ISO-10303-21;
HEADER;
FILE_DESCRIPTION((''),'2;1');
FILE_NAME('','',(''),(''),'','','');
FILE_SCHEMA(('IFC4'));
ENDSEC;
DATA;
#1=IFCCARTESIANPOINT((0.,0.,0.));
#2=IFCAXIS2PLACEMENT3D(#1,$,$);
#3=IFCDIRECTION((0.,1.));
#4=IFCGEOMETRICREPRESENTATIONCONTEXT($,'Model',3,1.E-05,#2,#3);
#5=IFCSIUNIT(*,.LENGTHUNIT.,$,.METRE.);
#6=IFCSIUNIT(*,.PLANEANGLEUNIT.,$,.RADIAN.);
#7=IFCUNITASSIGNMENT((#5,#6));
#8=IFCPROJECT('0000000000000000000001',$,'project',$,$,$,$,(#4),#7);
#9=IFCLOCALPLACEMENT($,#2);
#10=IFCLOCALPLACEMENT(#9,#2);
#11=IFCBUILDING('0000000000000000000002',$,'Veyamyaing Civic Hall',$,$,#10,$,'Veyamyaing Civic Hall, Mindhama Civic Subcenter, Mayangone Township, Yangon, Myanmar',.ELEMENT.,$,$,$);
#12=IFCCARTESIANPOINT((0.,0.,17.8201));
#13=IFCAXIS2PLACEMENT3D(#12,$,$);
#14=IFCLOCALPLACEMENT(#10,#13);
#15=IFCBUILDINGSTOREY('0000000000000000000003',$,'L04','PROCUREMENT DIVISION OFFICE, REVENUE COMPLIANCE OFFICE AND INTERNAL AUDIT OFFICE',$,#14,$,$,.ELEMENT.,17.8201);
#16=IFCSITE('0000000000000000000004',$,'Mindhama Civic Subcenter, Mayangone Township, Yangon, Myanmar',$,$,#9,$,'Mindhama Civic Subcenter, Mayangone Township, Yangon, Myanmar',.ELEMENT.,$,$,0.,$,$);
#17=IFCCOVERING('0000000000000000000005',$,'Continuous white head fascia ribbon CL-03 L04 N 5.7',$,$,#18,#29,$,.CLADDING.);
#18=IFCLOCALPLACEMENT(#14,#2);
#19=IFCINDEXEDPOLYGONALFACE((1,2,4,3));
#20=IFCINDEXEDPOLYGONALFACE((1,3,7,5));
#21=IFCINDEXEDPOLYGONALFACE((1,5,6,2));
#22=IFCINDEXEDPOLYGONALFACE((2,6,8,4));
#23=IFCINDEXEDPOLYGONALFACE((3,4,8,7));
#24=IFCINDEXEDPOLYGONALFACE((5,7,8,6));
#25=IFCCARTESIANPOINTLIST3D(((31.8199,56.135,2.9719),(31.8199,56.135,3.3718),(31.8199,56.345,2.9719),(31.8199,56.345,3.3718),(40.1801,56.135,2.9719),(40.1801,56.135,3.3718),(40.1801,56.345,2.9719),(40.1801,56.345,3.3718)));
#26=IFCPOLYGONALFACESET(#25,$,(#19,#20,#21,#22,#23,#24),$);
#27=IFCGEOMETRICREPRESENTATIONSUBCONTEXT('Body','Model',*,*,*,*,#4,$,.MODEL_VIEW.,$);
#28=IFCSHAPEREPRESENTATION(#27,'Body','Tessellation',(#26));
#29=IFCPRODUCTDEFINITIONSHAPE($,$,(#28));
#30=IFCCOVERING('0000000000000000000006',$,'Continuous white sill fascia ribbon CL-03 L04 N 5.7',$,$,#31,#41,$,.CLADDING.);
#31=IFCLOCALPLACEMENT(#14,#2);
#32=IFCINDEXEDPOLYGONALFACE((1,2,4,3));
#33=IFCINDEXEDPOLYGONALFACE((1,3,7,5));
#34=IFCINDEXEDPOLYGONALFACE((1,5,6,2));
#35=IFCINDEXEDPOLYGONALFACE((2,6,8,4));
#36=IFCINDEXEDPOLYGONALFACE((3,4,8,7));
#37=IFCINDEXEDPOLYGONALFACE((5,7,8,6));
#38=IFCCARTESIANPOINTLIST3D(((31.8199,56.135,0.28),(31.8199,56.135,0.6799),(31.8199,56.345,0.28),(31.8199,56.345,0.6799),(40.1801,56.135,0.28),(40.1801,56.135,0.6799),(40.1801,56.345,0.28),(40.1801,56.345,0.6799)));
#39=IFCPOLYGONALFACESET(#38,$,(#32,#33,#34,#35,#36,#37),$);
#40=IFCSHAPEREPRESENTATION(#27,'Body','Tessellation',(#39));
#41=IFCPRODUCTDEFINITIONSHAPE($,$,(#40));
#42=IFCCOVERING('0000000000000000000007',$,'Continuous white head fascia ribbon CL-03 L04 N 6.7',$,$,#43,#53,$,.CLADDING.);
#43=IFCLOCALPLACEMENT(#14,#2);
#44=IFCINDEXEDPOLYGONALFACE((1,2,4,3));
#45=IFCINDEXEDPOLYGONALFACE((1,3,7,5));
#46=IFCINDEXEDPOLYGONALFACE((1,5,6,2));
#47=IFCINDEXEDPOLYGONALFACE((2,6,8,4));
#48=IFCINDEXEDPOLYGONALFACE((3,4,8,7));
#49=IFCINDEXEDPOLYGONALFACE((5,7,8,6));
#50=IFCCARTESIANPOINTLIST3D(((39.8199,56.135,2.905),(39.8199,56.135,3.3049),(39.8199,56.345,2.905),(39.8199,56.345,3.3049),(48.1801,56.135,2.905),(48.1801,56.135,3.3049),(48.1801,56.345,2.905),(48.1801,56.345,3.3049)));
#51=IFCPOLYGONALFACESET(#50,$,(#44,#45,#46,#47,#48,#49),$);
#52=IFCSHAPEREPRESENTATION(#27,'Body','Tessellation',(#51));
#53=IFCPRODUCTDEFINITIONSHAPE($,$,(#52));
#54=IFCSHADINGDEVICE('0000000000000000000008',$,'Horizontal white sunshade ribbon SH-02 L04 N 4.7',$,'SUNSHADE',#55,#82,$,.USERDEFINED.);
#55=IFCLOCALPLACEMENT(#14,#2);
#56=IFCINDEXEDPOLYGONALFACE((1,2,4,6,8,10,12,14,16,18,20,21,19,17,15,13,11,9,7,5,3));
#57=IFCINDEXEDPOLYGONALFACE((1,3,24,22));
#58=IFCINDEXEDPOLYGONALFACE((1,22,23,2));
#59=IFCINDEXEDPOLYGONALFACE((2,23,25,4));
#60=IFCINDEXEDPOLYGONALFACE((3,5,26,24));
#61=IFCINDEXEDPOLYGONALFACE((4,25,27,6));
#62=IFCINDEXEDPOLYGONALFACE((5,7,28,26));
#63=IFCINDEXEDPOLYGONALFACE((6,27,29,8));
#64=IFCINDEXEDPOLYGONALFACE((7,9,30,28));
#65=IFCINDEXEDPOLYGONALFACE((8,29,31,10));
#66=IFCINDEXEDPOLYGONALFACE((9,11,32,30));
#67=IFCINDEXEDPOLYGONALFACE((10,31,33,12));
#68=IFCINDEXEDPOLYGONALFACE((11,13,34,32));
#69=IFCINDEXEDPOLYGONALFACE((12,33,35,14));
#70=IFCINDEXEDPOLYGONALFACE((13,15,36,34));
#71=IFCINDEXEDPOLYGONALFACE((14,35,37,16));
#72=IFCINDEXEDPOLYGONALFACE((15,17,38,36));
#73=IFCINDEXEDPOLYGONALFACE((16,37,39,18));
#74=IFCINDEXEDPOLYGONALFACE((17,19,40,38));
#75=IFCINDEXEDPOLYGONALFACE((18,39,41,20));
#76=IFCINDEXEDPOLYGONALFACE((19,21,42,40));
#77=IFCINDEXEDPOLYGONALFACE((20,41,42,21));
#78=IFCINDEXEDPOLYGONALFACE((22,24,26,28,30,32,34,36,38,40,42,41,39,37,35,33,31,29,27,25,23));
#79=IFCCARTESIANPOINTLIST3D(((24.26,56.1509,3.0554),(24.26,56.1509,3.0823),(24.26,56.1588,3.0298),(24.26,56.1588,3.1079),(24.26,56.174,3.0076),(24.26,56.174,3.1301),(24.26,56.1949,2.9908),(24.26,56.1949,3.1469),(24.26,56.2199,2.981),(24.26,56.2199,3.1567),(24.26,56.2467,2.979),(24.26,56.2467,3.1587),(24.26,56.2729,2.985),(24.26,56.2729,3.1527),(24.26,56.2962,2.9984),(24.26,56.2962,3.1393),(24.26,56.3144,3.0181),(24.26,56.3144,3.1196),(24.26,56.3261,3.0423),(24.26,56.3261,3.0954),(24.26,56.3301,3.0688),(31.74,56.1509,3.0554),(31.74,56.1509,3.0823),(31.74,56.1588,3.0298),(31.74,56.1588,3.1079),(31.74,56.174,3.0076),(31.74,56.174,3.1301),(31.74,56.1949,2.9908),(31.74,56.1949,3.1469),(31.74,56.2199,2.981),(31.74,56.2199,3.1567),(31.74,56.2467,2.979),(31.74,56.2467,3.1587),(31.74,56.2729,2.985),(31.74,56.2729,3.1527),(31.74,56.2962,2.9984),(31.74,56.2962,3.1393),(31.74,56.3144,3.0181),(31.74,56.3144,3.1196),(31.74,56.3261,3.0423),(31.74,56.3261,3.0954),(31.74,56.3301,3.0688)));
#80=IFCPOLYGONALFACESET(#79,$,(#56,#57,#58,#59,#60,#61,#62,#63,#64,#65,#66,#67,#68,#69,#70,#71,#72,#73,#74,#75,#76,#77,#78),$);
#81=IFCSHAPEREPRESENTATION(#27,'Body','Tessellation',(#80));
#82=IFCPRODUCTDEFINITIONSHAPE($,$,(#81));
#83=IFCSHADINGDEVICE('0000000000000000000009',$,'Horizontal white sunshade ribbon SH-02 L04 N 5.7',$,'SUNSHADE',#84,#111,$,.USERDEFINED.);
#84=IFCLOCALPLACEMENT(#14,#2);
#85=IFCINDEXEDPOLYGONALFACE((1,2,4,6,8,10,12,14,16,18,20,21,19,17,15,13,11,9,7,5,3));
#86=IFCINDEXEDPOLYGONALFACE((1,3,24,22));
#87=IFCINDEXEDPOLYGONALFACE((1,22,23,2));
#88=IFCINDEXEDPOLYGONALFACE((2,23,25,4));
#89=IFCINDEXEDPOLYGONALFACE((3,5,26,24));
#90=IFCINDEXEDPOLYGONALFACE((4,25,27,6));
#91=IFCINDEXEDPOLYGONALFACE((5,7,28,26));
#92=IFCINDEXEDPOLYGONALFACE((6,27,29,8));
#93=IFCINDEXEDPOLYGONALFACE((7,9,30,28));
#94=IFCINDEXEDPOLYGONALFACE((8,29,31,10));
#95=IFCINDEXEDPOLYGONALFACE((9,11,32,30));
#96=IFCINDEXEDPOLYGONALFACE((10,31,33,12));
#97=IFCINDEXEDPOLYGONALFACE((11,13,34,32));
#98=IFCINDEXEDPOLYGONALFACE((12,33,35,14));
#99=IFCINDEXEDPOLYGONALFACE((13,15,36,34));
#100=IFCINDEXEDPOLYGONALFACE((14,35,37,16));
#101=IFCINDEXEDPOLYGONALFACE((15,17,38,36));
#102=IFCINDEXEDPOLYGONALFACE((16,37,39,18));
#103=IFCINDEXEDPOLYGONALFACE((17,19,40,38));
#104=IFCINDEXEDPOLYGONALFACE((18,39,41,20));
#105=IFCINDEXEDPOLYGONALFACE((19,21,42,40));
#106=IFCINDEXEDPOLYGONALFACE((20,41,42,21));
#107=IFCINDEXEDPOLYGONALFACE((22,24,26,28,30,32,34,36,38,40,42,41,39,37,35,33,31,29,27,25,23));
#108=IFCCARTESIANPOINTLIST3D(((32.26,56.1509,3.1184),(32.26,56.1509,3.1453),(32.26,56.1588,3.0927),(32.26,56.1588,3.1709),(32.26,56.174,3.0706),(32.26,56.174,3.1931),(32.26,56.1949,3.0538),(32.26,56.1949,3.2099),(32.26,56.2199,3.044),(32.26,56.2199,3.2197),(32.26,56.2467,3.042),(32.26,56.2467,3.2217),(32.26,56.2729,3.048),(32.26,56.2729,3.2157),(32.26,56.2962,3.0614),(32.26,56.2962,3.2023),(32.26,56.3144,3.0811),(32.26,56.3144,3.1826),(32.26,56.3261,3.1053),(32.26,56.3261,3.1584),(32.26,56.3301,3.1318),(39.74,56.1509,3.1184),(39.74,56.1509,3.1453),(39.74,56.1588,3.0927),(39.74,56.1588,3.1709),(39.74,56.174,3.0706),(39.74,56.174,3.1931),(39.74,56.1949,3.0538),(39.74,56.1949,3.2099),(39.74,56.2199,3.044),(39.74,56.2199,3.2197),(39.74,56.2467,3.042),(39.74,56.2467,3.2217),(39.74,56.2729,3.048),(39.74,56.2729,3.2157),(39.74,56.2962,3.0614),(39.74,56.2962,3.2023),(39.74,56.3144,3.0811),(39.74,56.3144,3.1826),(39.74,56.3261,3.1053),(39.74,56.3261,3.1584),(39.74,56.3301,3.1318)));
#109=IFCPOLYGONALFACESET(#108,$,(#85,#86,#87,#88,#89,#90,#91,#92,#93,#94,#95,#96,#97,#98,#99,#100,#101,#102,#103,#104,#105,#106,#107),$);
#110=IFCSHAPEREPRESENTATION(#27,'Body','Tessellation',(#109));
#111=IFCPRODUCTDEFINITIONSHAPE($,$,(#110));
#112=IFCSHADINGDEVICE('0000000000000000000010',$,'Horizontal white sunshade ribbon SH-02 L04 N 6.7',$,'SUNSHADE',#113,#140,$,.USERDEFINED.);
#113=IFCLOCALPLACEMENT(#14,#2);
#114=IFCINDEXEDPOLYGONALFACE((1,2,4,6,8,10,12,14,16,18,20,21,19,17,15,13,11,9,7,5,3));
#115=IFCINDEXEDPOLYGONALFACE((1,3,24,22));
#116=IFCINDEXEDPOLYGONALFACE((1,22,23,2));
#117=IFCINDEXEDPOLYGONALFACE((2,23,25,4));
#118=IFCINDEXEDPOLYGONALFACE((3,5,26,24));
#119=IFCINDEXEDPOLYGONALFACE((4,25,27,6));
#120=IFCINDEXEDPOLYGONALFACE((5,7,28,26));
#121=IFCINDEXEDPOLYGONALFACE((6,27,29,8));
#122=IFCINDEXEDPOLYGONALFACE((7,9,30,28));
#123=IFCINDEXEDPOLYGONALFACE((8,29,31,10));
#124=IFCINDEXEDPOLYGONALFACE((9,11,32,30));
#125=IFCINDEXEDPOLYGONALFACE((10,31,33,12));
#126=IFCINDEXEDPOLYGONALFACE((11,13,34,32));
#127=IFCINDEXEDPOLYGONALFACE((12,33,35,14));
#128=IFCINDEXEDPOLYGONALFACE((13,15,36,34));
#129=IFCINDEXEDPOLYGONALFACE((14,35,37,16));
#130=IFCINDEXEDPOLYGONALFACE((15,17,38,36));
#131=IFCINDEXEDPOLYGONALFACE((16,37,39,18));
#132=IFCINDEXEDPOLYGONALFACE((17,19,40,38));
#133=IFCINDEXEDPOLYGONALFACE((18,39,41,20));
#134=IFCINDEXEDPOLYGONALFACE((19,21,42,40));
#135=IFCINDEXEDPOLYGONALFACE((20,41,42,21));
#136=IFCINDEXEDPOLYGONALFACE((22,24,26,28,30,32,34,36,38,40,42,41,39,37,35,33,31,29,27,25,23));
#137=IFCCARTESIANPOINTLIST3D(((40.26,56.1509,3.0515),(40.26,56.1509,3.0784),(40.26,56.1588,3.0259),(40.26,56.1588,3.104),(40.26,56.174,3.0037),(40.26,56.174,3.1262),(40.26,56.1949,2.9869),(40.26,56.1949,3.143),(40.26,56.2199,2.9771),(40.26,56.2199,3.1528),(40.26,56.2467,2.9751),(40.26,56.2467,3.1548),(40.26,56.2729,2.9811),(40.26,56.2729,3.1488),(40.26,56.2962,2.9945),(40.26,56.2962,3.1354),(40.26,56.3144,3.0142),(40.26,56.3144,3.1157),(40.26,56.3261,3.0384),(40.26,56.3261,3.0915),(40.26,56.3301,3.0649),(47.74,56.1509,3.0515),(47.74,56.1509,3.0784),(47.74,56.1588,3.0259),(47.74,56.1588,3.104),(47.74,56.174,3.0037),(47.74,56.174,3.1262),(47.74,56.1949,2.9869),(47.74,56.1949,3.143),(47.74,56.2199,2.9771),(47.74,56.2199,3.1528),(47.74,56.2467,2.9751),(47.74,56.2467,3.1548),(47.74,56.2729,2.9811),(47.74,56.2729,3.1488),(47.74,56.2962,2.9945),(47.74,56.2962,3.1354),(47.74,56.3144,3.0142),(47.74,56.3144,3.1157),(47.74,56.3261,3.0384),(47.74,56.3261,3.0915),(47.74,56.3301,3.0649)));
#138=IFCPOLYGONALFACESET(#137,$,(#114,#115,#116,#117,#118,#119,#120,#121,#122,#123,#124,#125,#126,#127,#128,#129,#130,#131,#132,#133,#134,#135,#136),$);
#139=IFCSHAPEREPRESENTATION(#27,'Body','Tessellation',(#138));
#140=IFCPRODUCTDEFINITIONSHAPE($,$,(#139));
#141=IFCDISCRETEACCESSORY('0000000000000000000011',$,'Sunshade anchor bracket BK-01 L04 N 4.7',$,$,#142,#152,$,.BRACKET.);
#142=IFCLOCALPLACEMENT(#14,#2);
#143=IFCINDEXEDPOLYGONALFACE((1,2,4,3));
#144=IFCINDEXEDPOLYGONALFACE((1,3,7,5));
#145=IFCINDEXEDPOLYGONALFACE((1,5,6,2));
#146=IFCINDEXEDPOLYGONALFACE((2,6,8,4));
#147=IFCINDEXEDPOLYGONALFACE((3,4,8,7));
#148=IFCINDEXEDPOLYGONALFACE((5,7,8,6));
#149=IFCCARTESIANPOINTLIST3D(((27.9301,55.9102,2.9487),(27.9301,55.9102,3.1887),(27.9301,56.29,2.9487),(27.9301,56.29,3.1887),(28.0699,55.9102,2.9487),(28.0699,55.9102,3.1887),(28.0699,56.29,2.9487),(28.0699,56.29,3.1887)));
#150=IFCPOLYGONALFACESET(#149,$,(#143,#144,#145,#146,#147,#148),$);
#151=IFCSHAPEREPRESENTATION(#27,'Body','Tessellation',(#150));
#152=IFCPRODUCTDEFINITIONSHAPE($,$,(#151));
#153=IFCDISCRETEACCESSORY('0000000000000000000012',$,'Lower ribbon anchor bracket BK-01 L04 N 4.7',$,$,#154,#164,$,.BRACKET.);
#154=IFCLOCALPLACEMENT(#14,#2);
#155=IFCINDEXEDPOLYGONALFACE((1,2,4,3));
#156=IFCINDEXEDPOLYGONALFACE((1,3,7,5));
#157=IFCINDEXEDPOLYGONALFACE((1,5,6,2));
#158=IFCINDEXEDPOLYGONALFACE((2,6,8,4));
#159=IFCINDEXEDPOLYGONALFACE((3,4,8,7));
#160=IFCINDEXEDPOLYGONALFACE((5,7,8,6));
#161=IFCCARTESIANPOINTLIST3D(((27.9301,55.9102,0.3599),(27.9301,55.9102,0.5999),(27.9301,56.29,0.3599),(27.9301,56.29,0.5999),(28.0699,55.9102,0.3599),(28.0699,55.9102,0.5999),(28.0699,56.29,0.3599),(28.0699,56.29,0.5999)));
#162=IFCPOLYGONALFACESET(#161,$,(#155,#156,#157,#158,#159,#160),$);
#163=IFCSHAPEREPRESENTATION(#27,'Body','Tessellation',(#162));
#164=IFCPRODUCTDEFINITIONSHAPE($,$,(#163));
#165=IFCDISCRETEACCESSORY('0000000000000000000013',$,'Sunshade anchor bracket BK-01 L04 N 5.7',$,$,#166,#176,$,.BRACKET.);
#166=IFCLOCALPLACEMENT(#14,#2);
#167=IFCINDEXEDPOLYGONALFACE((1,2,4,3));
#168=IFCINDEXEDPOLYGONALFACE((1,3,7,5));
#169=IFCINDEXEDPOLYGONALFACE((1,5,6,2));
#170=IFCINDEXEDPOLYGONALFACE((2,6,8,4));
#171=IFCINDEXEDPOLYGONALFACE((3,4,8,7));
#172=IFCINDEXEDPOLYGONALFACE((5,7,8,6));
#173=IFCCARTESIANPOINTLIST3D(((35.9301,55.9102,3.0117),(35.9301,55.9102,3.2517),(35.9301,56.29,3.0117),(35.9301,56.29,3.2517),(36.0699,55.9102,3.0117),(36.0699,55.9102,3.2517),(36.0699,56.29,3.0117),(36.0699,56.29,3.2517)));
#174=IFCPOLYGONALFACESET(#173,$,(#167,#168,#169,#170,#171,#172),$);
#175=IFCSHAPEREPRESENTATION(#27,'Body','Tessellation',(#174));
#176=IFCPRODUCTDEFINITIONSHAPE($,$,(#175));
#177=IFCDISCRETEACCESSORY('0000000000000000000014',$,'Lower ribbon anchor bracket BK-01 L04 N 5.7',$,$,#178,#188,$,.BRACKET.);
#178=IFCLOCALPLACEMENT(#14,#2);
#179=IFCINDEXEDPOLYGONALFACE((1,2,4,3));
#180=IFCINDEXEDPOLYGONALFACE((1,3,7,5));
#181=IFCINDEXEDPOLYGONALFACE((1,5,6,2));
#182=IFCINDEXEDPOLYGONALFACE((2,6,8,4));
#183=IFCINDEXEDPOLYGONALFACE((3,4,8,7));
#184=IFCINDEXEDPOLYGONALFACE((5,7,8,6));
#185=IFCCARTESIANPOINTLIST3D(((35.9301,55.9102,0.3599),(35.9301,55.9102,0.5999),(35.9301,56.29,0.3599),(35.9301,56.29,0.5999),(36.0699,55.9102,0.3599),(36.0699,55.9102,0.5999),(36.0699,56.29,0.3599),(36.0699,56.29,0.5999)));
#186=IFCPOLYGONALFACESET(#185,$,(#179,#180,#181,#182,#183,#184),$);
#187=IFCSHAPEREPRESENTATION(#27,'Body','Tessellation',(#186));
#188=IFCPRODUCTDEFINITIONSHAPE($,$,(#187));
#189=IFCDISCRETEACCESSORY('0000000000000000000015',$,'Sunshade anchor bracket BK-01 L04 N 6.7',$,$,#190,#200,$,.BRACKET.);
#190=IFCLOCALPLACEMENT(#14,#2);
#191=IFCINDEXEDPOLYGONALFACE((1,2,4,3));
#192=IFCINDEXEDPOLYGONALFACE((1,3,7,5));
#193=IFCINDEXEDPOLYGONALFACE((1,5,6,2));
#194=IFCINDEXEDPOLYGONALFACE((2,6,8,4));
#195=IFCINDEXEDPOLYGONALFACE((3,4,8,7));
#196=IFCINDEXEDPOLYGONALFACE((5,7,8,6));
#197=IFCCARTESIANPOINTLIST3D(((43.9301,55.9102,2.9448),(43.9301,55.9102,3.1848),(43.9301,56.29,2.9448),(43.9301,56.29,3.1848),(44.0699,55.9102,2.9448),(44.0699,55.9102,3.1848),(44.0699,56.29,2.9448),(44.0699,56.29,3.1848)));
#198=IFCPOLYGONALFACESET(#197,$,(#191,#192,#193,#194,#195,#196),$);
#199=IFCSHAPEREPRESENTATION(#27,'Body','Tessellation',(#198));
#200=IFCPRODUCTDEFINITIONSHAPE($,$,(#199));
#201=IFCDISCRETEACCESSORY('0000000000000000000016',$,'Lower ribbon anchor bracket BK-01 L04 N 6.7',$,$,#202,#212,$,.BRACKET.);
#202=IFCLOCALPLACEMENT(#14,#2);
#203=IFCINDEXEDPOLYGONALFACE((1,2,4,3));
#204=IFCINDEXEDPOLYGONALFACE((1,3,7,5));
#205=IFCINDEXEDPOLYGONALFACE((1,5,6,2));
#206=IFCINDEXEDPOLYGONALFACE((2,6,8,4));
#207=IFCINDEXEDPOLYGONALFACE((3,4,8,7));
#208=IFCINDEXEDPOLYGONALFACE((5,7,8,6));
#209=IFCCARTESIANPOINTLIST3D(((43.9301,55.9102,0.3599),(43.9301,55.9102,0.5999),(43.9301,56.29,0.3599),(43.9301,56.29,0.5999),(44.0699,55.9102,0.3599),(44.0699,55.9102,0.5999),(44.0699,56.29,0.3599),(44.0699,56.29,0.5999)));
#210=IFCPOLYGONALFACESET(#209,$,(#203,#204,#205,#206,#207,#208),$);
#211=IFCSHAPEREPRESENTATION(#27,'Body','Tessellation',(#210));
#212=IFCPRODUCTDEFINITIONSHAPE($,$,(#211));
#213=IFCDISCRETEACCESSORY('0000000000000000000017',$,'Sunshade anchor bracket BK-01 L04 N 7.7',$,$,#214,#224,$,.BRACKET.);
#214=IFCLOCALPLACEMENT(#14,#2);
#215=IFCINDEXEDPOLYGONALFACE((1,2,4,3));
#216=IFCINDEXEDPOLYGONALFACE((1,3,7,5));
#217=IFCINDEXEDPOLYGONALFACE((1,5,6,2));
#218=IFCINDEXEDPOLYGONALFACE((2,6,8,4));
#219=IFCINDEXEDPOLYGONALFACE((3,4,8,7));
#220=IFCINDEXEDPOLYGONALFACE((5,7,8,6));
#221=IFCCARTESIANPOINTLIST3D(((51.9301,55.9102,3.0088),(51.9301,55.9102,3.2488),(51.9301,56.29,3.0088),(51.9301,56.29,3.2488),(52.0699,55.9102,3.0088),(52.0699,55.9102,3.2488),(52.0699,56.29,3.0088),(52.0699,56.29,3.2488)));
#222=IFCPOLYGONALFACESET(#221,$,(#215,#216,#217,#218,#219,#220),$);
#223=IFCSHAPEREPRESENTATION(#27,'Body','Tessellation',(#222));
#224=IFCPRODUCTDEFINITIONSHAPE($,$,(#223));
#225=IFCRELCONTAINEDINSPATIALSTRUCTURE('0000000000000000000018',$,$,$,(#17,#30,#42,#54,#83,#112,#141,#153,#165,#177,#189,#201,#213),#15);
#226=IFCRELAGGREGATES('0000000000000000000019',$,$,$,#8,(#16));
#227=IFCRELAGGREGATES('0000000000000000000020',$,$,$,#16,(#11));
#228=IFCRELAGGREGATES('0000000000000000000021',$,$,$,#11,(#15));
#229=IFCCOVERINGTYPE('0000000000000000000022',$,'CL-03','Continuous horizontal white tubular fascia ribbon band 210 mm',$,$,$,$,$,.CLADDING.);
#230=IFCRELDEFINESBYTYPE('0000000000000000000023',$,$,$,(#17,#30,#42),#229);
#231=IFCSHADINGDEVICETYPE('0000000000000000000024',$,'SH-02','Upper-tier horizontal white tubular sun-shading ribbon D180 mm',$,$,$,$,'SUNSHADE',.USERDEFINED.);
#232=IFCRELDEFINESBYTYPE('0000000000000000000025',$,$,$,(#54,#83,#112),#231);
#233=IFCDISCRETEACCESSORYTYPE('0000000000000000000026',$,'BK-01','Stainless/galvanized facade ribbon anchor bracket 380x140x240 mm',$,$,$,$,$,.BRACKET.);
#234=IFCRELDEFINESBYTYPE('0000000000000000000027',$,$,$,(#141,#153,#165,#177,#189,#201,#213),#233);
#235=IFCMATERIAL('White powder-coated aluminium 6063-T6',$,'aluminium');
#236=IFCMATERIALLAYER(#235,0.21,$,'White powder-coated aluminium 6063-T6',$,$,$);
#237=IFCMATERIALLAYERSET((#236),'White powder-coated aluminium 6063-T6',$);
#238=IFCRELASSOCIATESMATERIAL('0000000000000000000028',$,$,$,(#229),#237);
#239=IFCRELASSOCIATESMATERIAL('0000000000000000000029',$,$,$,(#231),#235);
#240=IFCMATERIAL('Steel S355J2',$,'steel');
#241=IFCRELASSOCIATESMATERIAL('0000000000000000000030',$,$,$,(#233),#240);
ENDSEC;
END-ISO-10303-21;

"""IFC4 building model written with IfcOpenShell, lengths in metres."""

from ifc_helpers import new_model, si_unit, direction, frame, origin, origin_2d, place, context, subcontext, project, spatial, rectangle, circle, extrude, material, layer, layer_set, material_profile, profile_set, type_object, element, save


model = new_model("IFC4")

# Units and contexts
model_context = context("Model", 3, precision=1e-05, world=origin(), true_north=direction((0.0, 1.0)))
body_context = subcontext(model_context, "Body", "Model", "MODEL_VIEW")
ifc_project = project(units=[si_unit("LENGTHUNIT", "METRE"), si_unit("PLANEANGLEUNIT", "RADIAN")], contexts=[model_context])

# Site, building, storey
site_placement = place(None, origin())
site = spatial("IfcSite", under=ifc_project, at=site_placement, Name="Mindhama Civic Subcenter, Mayangone Township, Yangon, Myanmar", LongName="Mindhama Civic Subcenter, Mayangone Township, Yangon, Myanmar", CompositionType="ELEMENT", RefElevation=0.0)
building_placement = place(site_placement, origin())
building = spatial("IfcBuilding", under=site, at=building_placement, Name="Veyamyaing Civic Hall", LongName="Veyamyaing Civic Hall, Mindhama Civic Subcenter, Mayangone Township, Yangon, Myanmar", CompositionType="ELEMENT")
storey_placement = place(building_placement, frame((0.0, 0.0, 17.8201)))
storey = spatial("IfcBuildingStorey", under=building, at=storey_placement, Name="L04", Description="PROCUREMENT DIVISION OFFICE, REVENUE COMPLIANCE OFFICE AND INTERNAL AUDIT OFFICE", CompositionType="ELEMENT", Elevation=17.8201)

# Coverings
ifc_material_1 = material(Name="White powder-coated aluminium 6063-T6", Category="aluminium")
ifc_layer_1 = layer(ifc_material_1, 0.21, Name="White powder-coated aluminium 6063-T6")
ifc_layer_set_1 = layer_set([ifc_layer_1], Name="White powder-coated aluminium 6063-T6")
covering_type = type_object("IfcCoveringType", Name="CL-03", Description="Continuous horizontal white tubular fascia ribbon band 210 mm", PredefinedType="CLADDING", material=ifc_layer_set_1)
for number, where, z_axis, x_axis, name in (
    (1, (36.0, 56.24, 2.9719), (0.0, 0.0, 1.0), (1.0, 0.0, 0.0), "Continuous white head fascia ribbon CL-03 L04 N 5.7"),
    (2, (36.0, 56.24, 0.28), (0.0, 0.0, 1.0), (1.0, 0.0, 0.0), "Continuous white sill fascia ribbon CL-03 L04 N 5.7"),
    (3, (44.0, 56.24, 2.905), (0.0, 0.0, 1.0), (1.0, 0.0, 0.0), "Continuous white head fascia ribbon CL-03 L04 N 6.7"),
):
    element("IfcCovering", number, at=place(storey_placement, frame(where, z_axis=z_axis, x_axis=x_axis)), inside=storey, type_object=covering_type, Name=name, PredefinedType="CLADDING", context=body_context, shape_type="SweptSolid", body=[
        extrude(rectangle(XDim=8.3601, YDim=0.21, at=origin_2d()), origin(), (0.0, 0.0, 1.0), 0.3999),
    ])

# Shading devices
ifc_material_profile_1 = material_profile(ifc_material_1, circle(Radius=0.0901, at=origin_2d()), Name="SHADE-TUBE-180")
ifc_profile_set_1 = profile_set([ifc_material_profile_1], Name="White powder-coated aluminium 6063-T6")
shading_device_type = type_object("IfcShadingDeviceType", Name="SH-02", Description="Upper-tier horizontal white tubular sun-shading ribbon D180 mm", ElementType="SUNSHADE", PredefinedType="USERDEFINED", material=ifc_profile_set_1)
for number, where, z_axis, x_axis, name in (
    (4, (24.26, 56.24, 3.0688), (1.0, 0.0, 0.0), (0.0, 1.0, 0.0), "Horizontal white sunshade ribbon SH-02 L04 N 4.7"),
    (5, (32.26, 56.24, 3.1318), (1.0, 0.0, 0.0), (0.0, 1.0, 0.0), "Horizontal white sunshade ribbon SH-02 L04 N 5.7"),
    (6, (40.26, 56.24, 3.0649), (1.0, 0.0, 0.0), (0.0, 1.0, 0.0), "Horizontal white sunshade ribbon SH-02 L04 N 6.7"),
):
    element("IfcShadingDevice", number, at=place(storey_placement, frame(where, z_axis=z_axis, x_axis=x_axis)), inside=storey, type_object=shading_device_type, Name=name, ObjectType="SUNSHADE", PredefinedType="USERDEFINED", context=body_context, shape_type="SweptSolid", body=[
        extrude(circle(Radius=0.0901, at=origin_2d()), origin(), (0.0, 0.0, 1.0), 7.48),
    ])

# Discrete accessories
ifc_material_2 = material(Name="Steel S355J2", Category="steel")
discrete_accessory_type = type_object("IfcDiscreteAccessoryType", Name="BK-01", Description="Stainless/galvanized facade ribbon anchor bracket 380x140x240 mm", PredefinedType="BRACKET", material=ifc_material_2)
for number, where, z_axis, x_axis, name in (
    (7, (28.0, 56.1001, 2.9487), (0.0, 0.0, 1.0), (0.0, 1.0, 0.0), "Sunshade anchor bracket BK-01 L04 N 4.7"),
    (8, (28.0, 56.1001, 0.3599), (0.0, 0.0, 1.0), (0.0, 1.0, 0.0), "Lower ribbon anchor bracket BK-01 L04 N 4.7"),
    (9, (36.0, 56.1001, 3.0117), (0.0, 0.0, 1.0), (0.0, 1.0, 0.0), "Sunshade anchor bracket BK-01 L04 N 5.7"),
    (10, (36.0, 56.1001, 0.3599), (0.0, 0.0, 1.0), (0.0, 1.0, 0.0), "Lower ribbon anchor bracket BK-01 L04 N 5.7"),
    (11, (44.0, 56.1001, 2.9448), (0.0, 0.0, 1.0), (0.0, 1.0, 0.0), "Sunshade anchor bracket BK-01 L04 N 6.7"),
    (12, (44.0, 56.1001, 0.3599), (0.0, 0.0, 1.0), (0.0, 1.0, 0.0), "Lower ribbon anchor bracket BK-01 L04 N 6.7"),
    (13, (52.0, 56.1001, 3.0088), (0.0, 0.0, 1.0), (0.0, 1.0, 0.0), "Sunshade anchor bracket BK-01 L04 N 7.7"),
):
    element("IfcDiscreteAccessory", number, at=place(storey_placement, frame(where, z_axis=z_axis, x_axis=x_axis)), inside=storey, type_object=discrete_accessory_type, Name=name, PredefinedType="BRACKET", context=body_context, shape_type="SweptSolid", body=[
        extrude(rectangle(XDim=0.3799, YDim=0.1399, at=origin_2d()), origin(), (0.0, 0.0, 1.0), 0.24),
    ])

save(model, "model.ifc")
